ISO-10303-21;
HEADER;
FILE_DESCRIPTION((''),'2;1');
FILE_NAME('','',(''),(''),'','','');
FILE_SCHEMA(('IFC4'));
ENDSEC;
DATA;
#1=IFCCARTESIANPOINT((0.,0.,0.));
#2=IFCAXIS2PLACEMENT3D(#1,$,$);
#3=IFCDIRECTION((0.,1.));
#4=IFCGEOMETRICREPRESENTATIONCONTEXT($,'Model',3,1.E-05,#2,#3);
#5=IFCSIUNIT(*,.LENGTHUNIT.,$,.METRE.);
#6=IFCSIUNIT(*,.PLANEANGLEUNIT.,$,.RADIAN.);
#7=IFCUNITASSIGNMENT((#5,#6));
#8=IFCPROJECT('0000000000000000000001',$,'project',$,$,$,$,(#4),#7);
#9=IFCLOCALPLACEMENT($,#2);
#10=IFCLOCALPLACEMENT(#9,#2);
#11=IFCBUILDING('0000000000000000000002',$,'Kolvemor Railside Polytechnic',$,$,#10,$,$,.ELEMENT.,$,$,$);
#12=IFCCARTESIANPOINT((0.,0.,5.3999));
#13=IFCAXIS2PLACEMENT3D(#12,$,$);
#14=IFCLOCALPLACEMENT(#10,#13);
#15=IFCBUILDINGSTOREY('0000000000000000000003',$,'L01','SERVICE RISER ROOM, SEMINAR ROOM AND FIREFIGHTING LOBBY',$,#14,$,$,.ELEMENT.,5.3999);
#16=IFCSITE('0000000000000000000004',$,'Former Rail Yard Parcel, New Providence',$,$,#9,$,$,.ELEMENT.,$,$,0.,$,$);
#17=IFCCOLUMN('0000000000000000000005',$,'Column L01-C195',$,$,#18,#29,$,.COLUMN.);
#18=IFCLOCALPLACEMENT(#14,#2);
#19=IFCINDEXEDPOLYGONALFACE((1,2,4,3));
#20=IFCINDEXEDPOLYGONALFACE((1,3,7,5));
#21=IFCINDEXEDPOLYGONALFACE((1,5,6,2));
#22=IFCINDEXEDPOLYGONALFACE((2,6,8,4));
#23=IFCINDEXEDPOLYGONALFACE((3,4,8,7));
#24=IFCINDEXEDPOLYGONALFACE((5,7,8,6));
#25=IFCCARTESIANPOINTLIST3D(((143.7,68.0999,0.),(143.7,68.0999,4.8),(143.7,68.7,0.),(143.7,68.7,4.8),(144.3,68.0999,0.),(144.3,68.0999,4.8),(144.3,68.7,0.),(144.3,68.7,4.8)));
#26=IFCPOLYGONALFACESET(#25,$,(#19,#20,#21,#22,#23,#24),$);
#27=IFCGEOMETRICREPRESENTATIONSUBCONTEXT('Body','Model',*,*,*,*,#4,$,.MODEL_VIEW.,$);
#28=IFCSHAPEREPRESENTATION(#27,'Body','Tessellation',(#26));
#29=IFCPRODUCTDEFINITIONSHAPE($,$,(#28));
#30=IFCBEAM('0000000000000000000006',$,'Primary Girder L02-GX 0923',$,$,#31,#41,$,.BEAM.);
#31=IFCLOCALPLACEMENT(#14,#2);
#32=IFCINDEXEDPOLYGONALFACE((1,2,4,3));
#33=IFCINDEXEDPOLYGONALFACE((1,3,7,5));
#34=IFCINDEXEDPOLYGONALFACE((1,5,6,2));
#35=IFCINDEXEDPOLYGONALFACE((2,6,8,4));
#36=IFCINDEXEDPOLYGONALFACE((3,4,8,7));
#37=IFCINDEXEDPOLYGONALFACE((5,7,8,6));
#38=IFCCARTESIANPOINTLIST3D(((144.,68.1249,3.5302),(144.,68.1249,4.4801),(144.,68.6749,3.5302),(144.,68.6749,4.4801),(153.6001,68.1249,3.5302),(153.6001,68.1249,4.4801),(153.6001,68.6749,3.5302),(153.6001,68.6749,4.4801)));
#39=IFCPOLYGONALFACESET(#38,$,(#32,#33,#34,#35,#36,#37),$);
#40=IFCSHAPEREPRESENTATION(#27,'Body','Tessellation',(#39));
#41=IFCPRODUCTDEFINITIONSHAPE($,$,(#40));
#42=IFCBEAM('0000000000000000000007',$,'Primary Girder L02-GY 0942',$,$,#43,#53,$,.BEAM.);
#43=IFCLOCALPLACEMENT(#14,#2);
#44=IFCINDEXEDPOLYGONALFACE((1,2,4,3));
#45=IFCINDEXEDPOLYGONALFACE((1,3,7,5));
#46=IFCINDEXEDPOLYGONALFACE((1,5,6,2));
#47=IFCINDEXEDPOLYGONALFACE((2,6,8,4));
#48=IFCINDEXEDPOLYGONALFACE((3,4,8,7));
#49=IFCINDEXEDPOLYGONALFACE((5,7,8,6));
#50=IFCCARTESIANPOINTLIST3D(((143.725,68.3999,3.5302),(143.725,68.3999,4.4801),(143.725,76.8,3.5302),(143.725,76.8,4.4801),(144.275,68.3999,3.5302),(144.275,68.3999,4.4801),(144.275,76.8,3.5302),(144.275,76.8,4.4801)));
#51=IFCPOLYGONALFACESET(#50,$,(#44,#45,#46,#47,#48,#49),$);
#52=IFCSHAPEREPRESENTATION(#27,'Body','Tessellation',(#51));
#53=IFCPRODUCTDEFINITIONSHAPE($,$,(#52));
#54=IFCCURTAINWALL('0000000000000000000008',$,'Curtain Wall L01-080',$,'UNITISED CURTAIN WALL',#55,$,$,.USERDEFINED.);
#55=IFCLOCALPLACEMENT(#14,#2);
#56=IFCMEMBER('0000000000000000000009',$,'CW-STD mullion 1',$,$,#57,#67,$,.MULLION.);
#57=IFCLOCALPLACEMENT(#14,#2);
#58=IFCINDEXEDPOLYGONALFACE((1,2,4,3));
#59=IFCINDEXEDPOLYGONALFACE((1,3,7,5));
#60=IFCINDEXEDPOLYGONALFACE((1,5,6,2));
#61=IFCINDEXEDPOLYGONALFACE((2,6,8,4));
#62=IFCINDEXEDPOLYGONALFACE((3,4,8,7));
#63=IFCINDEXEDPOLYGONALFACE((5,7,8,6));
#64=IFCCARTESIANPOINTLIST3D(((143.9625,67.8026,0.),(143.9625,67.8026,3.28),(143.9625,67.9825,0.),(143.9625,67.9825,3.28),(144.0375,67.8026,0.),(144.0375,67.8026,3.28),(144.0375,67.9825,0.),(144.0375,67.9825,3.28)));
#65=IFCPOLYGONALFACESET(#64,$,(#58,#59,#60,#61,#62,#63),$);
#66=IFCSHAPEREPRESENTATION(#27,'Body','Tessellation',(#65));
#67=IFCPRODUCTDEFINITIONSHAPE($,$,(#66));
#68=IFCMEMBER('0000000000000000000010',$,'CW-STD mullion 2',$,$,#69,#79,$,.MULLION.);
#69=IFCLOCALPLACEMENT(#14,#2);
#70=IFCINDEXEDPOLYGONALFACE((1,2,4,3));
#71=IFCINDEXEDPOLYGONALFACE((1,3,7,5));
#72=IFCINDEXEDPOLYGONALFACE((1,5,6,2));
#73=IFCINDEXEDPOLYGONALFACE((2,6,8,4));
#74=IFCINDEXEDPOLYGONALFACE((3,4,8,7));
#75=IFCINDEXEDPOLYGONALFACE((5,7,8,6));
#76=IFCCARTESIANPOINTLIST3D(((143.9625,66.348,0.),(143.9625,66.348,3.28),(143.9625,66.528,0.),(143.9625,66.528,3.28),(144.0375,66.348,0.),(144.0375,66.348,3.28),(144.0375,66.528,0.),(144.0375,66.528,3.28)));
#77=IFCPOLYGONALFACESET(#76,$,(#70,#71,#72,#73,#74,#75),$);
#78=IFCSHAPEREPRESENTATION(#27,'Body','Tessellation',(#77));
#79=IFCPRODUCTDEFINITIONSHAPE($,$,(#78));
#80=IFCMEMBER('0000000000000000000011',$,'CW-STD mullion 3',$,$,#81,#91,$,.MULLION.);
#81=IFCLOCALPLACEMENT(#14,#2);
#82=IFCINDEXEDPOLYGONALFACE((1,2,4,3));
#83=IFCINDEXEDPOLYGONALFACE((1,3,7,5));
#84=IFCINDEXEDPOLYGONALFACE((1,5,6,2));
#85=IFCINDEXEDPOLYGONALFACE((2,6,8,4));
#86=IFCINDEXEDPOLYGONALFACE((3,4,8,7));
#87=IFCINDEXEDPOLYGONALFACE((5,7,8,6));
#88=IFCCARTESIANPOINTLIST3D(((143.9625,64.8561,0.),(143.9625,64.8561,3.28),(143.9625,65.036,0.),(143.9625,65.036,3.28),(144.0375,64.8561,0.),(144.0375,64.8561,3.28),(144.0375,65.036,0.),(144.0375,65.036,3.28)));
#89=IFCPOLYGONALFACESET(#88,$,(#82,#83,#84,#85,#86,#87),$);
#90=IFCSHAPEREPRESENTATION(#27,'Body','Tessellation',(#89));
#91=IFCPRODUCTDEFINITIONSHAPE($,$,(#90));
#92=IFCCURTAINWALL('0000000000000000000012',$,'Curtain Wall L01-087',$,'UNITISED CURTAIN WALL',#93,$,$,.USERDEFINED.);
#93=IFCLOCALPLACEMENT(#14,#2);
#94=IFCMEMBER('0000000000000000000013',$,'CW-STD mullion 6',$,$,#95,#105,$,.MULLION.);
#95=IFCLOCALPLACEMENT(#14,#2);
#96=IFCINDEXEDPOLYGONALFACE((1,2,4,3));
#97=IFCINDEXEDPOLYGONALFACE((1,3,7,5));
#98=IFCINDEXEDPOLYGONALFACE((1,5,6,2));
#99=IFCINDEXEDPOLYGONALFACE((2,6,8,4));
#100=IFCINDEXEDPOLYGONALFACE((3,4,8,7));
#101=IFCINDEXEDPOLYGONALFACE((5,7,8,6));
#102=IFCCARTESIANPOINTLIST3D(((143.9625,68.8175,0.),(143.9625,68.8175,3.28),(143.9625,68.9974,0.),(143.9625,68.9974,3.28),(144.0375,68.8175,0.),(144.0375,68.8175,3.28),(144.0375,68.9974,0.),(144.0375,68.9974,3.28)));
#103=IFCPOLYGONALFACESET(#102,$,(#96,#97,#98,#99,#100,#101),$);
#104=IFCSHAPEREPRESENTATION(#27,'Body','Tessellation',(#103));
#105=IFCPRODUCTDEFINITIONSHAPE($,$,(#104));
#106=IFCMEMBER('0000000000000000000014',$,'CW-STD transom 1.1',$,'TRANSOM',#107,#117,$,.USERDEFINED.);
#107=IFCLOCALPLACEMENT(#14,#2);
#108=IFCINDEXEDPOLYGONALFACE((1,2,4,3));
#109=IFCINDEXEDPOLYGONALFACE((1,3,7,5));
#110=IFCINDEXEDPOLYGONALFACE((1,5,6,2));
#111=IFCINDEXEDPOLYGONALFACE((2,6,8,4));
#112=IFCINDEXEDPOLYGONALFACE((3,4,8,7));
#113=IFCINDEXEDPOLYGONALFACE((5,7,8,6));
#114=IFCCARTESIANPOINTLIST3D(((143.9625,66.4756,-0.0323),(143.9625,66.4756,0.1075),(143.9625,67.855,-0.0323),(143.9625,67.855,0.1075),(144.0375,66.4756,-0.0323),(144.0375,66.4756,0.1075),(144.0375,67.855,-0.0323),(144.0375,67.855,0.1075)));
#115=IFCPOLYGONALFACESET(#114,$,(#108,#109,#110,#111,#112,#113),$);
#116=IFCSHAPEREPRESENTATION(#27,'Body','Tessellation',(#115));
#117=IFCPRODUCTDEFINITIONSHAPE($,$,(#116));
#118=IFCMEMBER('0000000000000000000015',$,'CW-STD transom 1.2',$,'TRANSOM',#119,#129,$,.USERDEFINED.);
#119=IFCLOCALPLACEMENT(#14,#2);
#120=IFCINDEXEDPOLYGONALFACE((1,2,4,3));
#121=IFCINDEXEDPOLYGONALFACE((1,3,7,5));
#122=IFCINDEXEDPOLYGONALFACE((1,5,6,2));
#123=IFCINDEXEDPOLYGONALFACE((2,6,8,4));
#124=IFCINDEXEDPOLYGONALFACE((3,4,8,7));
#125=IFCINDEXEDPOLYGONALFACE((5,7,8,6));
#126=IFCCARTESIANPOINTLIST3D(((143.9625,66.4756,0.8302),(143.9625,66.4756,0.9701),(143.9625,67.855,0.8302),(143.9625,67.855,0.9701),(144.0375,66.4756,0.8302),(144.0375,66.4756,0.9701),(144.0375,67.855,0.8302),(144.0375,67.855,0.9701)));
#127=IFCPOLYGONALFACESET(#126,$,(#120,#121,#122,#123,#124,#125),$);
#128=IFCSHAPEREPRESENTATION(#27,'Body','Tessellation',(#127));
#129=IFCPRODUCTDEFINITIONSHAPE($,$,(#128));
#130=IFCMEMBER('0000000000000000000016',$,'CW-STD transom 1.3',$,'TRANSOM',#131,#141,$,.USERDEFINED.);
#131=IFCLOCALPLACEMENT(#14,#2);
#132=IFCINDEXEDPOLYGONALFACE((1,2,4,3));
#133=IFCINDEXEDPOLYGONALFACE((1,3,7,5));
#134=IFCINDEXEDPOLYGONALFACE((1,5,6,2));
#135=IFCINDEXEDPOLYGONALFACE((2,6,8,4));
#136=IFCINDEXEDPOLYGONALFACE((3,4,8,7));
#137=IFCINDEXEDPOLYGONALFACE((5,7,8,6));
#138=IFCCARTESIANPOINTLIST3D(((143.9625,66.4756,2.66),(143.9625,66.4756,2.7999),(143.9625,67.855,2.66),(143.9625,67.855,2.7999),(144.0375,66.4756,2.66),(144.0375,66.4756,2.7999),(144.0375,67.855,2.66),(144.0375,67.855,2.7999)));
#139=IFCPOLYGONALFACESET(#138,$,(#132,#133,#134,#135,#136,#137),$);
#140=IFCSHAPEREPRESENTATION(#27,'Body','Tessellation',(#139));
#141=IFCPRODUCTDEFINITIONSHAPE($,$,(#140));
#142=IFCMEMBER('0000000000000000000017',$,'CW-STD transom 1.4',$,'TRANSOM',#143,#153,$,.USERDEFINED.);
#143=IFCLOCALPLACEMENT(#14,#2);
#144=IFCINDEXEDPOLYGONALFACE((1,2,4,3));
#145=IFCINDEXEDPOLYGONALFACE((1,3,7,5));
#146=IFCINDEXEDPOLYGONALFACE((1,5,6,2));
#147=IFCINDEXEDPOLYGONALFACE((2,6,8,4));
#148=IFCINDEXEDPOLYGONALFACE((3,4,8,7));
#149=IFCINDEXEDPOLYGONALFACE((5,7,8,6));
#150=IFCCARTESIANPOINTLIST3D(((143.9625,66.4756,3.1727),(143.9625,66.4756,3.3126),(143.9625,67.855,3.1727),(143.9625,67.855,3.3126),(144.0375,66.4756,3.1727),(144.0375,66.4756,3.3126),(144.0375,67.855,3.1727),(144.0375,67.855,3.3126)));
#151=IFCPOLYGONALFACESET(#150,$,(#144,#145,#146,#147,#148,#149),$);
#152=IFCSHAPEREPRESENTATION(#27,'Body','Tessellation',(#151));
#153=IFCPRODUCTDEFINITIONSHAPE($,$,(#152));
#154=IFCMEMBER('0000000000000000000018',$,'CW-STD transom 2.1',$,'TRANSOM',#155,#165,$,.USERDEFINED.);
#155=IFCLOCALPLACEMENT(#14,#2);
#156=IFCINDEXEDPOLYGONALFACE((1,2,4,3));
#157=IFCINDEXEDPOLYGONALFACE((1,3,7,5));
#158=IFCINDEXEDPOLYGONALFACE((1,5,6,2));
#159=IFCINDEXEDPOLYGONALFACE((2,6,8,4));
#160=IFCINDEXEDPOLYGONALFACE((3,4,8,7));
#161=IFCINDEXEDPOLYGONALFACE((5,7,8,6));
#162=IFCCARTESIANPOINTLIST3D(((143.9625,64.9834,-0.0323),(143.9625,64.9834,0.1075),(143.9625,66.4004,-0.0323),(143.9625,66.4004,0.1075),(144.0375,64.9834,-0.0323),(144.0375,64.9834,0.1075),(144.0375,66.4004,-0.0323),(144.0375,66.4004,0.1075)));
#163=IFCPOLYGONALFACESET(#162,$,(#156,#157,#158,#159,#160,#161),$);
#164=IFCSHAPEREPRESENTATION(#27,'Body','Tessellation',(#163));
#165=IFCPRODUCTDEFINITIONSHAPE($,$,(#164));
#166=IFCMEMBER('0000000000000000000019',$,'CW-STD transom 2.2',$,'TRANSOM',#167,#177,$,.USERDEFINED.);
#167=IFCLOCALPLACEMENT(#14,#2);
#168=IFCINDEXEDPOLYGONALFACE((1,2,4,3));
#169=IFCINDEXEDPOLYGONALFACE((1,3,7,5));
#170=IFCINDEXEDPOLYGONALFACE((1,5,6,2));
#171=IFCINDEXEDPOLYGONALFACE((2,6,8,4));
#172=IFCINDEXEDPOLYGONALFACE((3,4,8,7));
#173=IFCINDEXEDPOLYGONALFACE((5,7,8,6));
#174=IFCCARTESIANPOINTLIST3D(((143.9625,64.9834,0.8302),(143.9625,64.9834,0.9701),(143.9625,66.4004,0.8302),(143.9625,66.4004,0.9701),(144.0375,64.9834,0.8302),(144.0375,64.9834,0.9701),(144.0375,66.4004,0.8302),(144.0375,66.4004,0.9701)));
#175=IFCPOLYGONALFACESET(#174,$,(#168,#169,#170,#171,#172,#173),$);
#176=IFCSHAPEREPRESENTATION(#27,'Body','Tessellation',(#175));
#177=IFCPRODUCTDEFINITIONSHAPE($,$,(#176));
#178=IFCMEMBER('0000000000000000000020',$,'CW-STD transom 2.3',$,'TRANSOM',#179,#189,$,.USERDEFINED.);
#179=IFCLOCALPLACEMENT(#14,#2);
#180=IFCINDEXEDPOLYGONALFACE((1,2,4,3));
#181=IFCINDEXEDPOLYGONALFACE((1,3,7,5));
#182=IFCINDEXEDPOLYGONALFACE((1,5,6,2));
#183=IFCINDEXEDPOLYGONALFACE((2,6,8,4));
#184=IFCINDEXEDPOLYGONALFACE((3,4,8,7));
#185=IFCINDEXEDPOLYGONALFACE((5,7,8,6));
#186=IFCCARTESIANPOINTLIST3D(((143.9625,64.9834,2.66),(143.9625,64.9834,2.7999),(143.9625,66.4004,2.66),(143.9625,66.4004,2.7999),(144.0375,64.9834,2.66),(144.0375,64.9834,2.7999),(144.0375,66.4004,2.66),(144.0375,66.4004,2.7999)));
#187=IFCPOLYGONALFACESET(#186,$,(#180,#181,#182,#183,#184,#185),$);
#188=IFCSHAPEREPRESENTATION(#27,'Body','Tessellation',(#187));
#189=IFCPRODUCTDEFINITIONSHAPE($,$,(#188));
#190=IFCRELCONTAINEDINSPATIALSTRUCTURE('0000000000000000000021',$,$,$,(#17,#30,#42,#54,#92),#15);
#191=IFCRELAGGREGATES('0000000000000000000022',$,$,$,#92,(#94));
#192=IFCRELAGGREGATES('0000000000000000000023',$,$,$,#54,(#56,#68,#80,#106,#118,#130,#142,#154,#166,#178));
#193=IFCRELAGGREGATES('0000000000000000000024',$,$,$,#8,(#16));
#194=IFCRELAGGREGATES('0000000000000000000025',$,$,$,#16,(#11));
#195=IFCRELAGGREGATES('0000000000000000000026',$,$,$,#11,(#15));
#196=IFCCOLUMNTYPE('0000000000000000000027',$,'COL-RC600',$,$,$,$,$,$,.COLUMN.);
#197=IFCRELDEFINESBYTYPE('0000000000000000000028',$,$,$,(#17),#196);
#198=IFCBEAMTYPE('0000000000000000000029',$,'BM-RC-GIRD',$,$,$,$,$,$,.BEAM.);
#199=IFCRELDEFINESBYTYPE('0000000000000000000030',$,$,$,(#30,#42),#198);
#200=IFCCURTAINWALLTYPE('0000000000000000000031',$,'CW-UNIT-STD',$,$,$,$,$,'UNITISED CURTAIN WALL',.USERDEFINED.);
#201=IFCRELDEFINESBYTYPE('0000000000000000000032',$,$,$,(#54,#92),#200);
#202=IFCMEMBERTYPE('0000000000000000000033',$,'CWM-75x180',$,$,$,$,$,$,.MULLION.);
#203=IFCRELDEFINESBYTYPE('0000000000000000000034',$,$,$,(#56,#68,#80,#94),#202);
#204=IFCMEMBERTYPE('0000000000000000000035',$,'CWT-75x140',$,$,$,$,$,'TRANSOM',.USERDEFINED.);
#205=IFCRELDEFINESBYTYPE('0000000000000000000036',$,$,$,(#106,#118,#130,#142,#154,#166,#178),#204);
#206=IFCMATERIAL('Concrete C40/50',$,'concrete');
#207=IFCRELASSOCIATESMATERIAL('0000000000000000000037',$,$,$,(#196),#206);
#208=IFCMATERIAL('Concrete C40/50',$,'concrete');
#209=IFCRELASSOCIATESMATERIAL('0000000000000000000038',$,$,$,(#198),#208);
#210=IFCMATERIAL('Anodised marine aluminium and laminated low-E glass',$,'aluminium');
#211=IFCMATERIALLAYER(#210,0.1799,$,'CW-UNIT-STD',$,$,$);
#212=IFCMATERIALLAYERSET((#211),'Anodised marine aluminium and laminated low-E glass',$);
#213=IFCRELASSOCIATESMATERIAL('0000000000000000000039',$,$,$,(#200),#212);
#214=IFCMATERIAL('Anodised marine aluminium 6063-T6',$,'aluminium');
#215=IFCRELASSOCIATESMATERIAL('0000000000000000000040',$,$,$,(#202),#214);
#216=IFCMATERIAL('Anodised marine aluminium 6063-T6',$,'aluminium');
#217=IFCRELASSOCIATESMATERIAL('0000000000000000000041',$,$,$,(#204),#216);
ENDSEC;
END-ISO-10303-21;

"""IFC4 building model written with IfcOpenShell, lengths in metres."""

from ifc_helpers import new_model, si_unit, direction, frame, origin, origin_2d, place, context, subcontext, project, spatial, rectangle, extrude, material, layer, layer_set, material_profile, profile_set, type_object, element, aggregate, save


model = new_model("IFC4")

# Units and contexts
model_context = context("Model", 3, precision=1e-05, world=origin(), true_north=direction((0.0, 1.0)))
body_context = subcontext(model_context, "Body", "Model", "MODEL_VIEW")
ifc_project = project(units=[si_unit("LENGTHUNIT", "METRE"), si_unit("PLANEANGLEUNIT", "RADIAN")], contexts=[model_context])

# Site, building, storey
site_placement = place(None, origin())
site = spatial("IfcSite", under=ifc_project, at=site_placement, Name="Former Rail Yard Parcel, New Providence", CompositionType="ELEMENT", RefElevation=0.0)
building_placement = place(site_placement, origin())
building = spatial("IfcBuilding", under=site, at=building_placement, Name="Kolvemor Railside Polytechnic", CompositionType="ELEMENT")
storey_placement = place(building_placement, frame((0.0, 0.0, 5.3999)))
storey = spatial("IfcBuildingStorey", under=building, at=storey_placement, Name="L01", Description="SERVICE RISER ROOM, SEMINAR ROOM AND FIREFIGHTING LOBBY", CompositionType="ELEMENT", Elevation=5.3999)

# Column
ifc_material_1 = material(Name="Concrete C40/50", Category="concrete")
ifc_material_profile_1 = material_profile(ifc_material_1, rectangle(XDim=0.6001, YDim=0.6001, at=origin_2d()), Name="RC600x600")
ifc_profile_set_1 = profile_set([ifc_material_profile_1], Name="Concrete C40/50")
column_type = type_object("IfcColumnType", Name="COL-RC600", PredefinedType="COLUMN", material=ifc_profile_set_1)
column_placement = place(storey_placement, frame((144.0, 68.3999, 0.0), z_axis=(0.0, 0.0, 1.0), x_axis=(1.0, 0.0, 0.0)))
element("IfcColumn", 1, at=column_placement, inside=storey, type_object=column_type, Name="Column L01-C195", PredefinedType="COLUMN", context=body_context, shape_type="SweptSolid", body=[
    extrude(rectangle(XDim=0.6001, YDim=0.6001, at=origin_2d()), origin(), (0.0, 0.0, 1.0), 4.8),
])

# Beams
ifc_material_2 = material(Name="Concrete C40/50", Category="concrete")
ifc_material_profile_2 = material_profile(ifc_material_2, rectangle(XDim=0.55, YDim=0.95, at=origin_2d()), Name="RC550x950")
ifc_profile_set_2 = profile_set([ifc_material_profile_2], Name="Concrete C40/50")
beam_type = type_object("IfcBeamType", Name="BM-RC-GIRD", PredefinedType="BEAM", material=ifc_profile_set_2)
beam_1_placement = place(storey_placement, frame((144.0, 68.3999, 4.0051), z_axis=(1.0, 0.0, 0.0), x_axis=(0.0, 1.0, 0.0)))
element("IfcBeam", 2, at=beam_1_placement, inside=storey, type_object=beam_type, Name="Primary Girder L02-GX 0923", PredefinedType="BEAM", context=body_context, shape_type="SweptSolid", body=[
    extrude(rectangle(XDim=0.55, YDim=0.95, at=origin_2d()), origin(), (0.0, 0.0, 1.0), 9.6001),
])
beam_2_placement = place(storey_placement, frame((144.0, 68.3999, 4.0051), z_axis=(0.0, 1.0, 0.0), x_axis=(-1.0, 0.0, 0.0)))
element("IfcBeam", 3, at=beam_2_placement, inside=storey, type_object=beam_type, Name="Primary Girder L02-GY 0942", PredefinedType="BEAM", context=body_context, shape_type="SweptSolid", body=[
    extrude(rectangle(XDim=0.55, YDim=0.95, at=origin_2d()), origin(), (0.0, 0.0, 1.0), 8.4001),
])

# Curtain wall, members
ifc_material_3 = material(Name="Anodised marine aluminium and laminated low-E glass", Category="aluminium")
ifc_layer_1 = layer(ifc_material_3, 0.1799, Name="CW-UNIT-STD")
ifc_layer_set_1 = layer_set([ifc_layer_1], Name="Anodised marine aluminium and laminated low-E glass")
curtain_wall_type = type_object("IfcCurtainWallType", Name="CW-UNIT-STD", ElementType="UNITISED CURTAIN WALL", PredefinedType="USERDEFINED", material=ifc_layer_set_1)
curtain_wall_1_placement = place(storey_placement, origin())
curtain_wall_1 = element("IfcCurtainWall", 4, at=curtain_wall_1_placement, inside=storey, type_object=curtain_wall_type, Name="Curtain Wall L01-080", ObjectType="UNITISED CURTAIN WALL", PredefinedType="USERDEFINED")
ifc_material_4 = material(Name="Anodised marine aluminium 6063-T6", Category="aluminium")
ifc_material_profile_3 = material_profile(ifc_material_4, rectangle(XDim=0.075, YDim=0.1799, at=origin_2d()), Name="CW-MUL-75x180")
ifc_profile_set_3 = profile_set([ifc_material_profile_3], Name="Anodised marine aluminium 6063-T6")
member_type_1 = type_object("IfcMemberType", Name="CWM-75x180", PredefinedType="MULLION", material=ifc_profile_set_3)
member_1_placement = place(storey_placement, frame((144.0, 67.8926, 0.0), z_axis=(0.0, 0.0, 1.0), x_axis=(1.0, 0.0, 0.0)))
member_1 = element("IfcMember", 5, at=member_1_placement, type_object=member_type_1, Name="CW-STD mullion 1", PredefinedType="MULLION", context=body_context, shape_type="SweptSolid", body=[
    extrude(rectangle(XDim=0.075, YDim=0.1799, at=origin_2d()), origin(), (0.0, 0.0, 1.0), 3.28),
])
member_2_placement = place(storey_placement, frame((144.0, 66.438, 0.0), z_axis=(0.0, 0.0, 1.0), x_axis=(1.0, 0.0, 0.0)))
member_2 = element("IfcMember", 6, at=member_2_placement, type_object=member_type_1, Name="CW-STD mullion 2", PredefinedType="MULLION", context=body_context, shape_type="SweptSolid", body=[
    extrude(rectangle(XDim=0.075, YDim=0.1799, at=origin_2d()), origin(), (0.0, 0.0, 1.0), 3.28),
])
member_3_placement = place(storey_placement, frame((144.0, 64.946, 0.0), z_axis=(0.0, 0.0, 1.0), x_axis=(1.0, 0.0, 0.0)))
member_3 = element("IfcMember", 7, at=member_3_placement, type_object=member_type_1, Name="CW-STD mullion 3", PredefinedType="MULLION", context=body_context, shape_type="SweptSolid", body=[
    extrude(rectangle(XDim=0.075, YDim=0.1799, at=origin_2d()), origin(), (0.0, 0.0, 1.0), 3.28),
])

# Curtain wall, member
curtain_wall_2_placement = place(storey_placement, origin())
curtain_wall_2 = element("IfcCurtainWall", 8, at=curtain_wall_2_placement, inside=storey, type_object=curtain_wall_type, Name="Curtain Wall L01-087", ObjectType="UNITISED CURTAIN WALL", PredefinedType="USERDEFINED")
member_4_placement = place(storey_placement, frame((144.0, 68.9075, 0.0), z_axis=(0.0, 0.0, 1.0), x_axis=(1.0, 0.0, 0.0)))
member_4 = element("IfcMember", 9, at=member_4_placement, type_object=member_type_1, Name="CW-STD mullion 6", PredefinedType="MULLION", context=body_context, shape_type="SweptSolid", body=[
    extrude(rectangle(XDim=0.075, YDim=0.1799, at=origin_2d()), origin(), (0.0, 0.0, 1.0), 3.28),
])
aggregate(curtain_wall_2, [member_4])

# Members
ifc_material_5 = material(Name="Anodised marine aluminium 6063-T6", Category="aluminium")
ifc_material_profile_4 = material_profile(ifc_material_5, rectangle(XDim=0.075, YDim=0.1399, at=origin_2d()), Name="CW-TRN-75x140")
ifc_profile_set_4 = profile_set([ifc_material_profile_4], Name="Anodised marine aluminium 6063-T6")
member_type_2 = type_object("IfcMemberType", Name="CWT-75x140", ElementType="TRANSOM", PredefinedType="USERDEFINED", material=ifc_profile_set_4)
member_5_placement = place(storey_placement, frame((144.0, 67.855, 0.0376), z_axis=(0.0, -1.0, 0.0), x_axis=(1.0, 0.0, 0.0)))
member_5 = element("IfcMember", 10, at=member_5_placement, type_object=member_type_2, Name="CW-STD transom 1.1", ObjectType="TRANSOM", PredefinedType="USERDEFINED", context=body_context, shape_type="SweptSolid", body=[
    extrude(rectangle(XDim=0.075, YDim=0.1399, at=origin_2d()), origin(), (0.0, 0.0, 1.0), 1.3794),
])
member_6_placement = place(storey_placement, frame((144.0, 67.855, 0.9001), z_axis=(0.0, -1.0, 0.0), x_axis=(1.0, 0.0, 0.0)))
member_6 = element("IfcMember", 11, at=member_6_placement, type_object=member_type_2, Name="CW-STD transom 1.2", ObjectType="TRANSOM", PredefinedType="USERDEFINED", context=body_context, shape_type="SweptSolid", body=[
    extrude(rectangle(XDim=0.075, YDim=0.1399, at=origin_2d()), origin(), (0.0, 0.0, 1.0), 1.3794),
])
member_7_placement = place(storey_placement, frame((144.0, 67.855, 2.73), z_axis=(0.0, -1.0, 0.0), x_axis=(1.0, 0.0, 0.0)))
member_7 = element("IfcMember", 12, at=member_7_placement, type_object=member_type_2, Name="CW-STD transom 1.3", ObjectType="TRANSOM", PredefinedType="USERDEFINED", context=body_context, shape_type="SweptSolid", body=[
    extrude(rectangle(XDim=0.075, YDim=0.1399, at=origin_2d()), origin(), (0.0, 0.0, 1.0), 1.3794),
])
member_8_placement = place(storey_placement, frame((144.0, 67.855, 3.2427), z_axis=(0.0, -1.0, 0.0), x_axis=(1.0, 0.0, 0.0)))
member_8 = element("IfcMember", 13, at=member_8_placement, type_object=member_type_2, Name="CW-STD transom 1.4", ObjectType="TRANSOM", PredefinedType="USERDEFINED", context=body_context, shape_type="SweptSolid", body=[
    extrude(rectangle(XDim=0.075, YDim=0.1399, at=origin_2d()), origin(), (0.0, 0.0, 1.0), 1.3794),
])
member_9_placement = place(storey_placement, frame((144.0, 66.4004, 0.0376), z_axis=(0.0, -1.0, 0.0), x_axis=(1.0, 0.0, 0.0)))
member_9 = element("IfcMember", 14, at=member_9_placement, type_object=member_type_2, Name="CW-STD transom 2.1", ObjectType="TRANSOM", PredefinedType="USERDEFINED", context=body_context, shape_type="SweptSolid", body=[
    extrude(rectangle(XDim=0.075, YDim=0.1399, at=origin_2d()), origin(), (0.0, 0.0, 1.0), 1.417),
])
member_10_placement = place(storey_placement, frame((144.0, 66.4004, 0.9001), z_axis=(0.0, -1.0, 0.0), x_axis=(1.0, 0.0, 0.0)))
member_10 = element("IfcMember", 15, at=member_10_placement, type_object=member_type_2, Name="CW-STD transom 2.2", ObjectType="TRANSOM", PredefinedType="USERDEFINED", context=body_context, shape_type="SweptSolid", body=[
    extrude(rectangle(XDim=0.075, YDim=0.1399, at=origin_2d()), origin(), (0.0, 0.0, 1.0), 1.417),
])
member_11_placement = place(storey_placement, frame((144.0, 66.4004, 2.73), z_axis=(0.0, -1.0, 0.0), x_axis=(1.0, 0.0, 0.0)))
member_11 = element("IfcMember", 16, at=member_11_placement, type_object=member_type_2, Name="CW-STD transom 2.3", ObjectType="TRANSOM", PredefinedType="USERDEFINED", context=body_context, shape_type="SweptSolid", body=[
    extrude(rectangle(XDim=0.075, YDim=0.1399, at=origin_2d()), origin(), (0.0, 0.0, 1.0), 1.417),
])

aggregate(curtain_wall_1, [member_1, member_2, member_3, member_5, member_6, member_7, member_8, member_9, member_10, member_11])

save(model, "model.ifc")
